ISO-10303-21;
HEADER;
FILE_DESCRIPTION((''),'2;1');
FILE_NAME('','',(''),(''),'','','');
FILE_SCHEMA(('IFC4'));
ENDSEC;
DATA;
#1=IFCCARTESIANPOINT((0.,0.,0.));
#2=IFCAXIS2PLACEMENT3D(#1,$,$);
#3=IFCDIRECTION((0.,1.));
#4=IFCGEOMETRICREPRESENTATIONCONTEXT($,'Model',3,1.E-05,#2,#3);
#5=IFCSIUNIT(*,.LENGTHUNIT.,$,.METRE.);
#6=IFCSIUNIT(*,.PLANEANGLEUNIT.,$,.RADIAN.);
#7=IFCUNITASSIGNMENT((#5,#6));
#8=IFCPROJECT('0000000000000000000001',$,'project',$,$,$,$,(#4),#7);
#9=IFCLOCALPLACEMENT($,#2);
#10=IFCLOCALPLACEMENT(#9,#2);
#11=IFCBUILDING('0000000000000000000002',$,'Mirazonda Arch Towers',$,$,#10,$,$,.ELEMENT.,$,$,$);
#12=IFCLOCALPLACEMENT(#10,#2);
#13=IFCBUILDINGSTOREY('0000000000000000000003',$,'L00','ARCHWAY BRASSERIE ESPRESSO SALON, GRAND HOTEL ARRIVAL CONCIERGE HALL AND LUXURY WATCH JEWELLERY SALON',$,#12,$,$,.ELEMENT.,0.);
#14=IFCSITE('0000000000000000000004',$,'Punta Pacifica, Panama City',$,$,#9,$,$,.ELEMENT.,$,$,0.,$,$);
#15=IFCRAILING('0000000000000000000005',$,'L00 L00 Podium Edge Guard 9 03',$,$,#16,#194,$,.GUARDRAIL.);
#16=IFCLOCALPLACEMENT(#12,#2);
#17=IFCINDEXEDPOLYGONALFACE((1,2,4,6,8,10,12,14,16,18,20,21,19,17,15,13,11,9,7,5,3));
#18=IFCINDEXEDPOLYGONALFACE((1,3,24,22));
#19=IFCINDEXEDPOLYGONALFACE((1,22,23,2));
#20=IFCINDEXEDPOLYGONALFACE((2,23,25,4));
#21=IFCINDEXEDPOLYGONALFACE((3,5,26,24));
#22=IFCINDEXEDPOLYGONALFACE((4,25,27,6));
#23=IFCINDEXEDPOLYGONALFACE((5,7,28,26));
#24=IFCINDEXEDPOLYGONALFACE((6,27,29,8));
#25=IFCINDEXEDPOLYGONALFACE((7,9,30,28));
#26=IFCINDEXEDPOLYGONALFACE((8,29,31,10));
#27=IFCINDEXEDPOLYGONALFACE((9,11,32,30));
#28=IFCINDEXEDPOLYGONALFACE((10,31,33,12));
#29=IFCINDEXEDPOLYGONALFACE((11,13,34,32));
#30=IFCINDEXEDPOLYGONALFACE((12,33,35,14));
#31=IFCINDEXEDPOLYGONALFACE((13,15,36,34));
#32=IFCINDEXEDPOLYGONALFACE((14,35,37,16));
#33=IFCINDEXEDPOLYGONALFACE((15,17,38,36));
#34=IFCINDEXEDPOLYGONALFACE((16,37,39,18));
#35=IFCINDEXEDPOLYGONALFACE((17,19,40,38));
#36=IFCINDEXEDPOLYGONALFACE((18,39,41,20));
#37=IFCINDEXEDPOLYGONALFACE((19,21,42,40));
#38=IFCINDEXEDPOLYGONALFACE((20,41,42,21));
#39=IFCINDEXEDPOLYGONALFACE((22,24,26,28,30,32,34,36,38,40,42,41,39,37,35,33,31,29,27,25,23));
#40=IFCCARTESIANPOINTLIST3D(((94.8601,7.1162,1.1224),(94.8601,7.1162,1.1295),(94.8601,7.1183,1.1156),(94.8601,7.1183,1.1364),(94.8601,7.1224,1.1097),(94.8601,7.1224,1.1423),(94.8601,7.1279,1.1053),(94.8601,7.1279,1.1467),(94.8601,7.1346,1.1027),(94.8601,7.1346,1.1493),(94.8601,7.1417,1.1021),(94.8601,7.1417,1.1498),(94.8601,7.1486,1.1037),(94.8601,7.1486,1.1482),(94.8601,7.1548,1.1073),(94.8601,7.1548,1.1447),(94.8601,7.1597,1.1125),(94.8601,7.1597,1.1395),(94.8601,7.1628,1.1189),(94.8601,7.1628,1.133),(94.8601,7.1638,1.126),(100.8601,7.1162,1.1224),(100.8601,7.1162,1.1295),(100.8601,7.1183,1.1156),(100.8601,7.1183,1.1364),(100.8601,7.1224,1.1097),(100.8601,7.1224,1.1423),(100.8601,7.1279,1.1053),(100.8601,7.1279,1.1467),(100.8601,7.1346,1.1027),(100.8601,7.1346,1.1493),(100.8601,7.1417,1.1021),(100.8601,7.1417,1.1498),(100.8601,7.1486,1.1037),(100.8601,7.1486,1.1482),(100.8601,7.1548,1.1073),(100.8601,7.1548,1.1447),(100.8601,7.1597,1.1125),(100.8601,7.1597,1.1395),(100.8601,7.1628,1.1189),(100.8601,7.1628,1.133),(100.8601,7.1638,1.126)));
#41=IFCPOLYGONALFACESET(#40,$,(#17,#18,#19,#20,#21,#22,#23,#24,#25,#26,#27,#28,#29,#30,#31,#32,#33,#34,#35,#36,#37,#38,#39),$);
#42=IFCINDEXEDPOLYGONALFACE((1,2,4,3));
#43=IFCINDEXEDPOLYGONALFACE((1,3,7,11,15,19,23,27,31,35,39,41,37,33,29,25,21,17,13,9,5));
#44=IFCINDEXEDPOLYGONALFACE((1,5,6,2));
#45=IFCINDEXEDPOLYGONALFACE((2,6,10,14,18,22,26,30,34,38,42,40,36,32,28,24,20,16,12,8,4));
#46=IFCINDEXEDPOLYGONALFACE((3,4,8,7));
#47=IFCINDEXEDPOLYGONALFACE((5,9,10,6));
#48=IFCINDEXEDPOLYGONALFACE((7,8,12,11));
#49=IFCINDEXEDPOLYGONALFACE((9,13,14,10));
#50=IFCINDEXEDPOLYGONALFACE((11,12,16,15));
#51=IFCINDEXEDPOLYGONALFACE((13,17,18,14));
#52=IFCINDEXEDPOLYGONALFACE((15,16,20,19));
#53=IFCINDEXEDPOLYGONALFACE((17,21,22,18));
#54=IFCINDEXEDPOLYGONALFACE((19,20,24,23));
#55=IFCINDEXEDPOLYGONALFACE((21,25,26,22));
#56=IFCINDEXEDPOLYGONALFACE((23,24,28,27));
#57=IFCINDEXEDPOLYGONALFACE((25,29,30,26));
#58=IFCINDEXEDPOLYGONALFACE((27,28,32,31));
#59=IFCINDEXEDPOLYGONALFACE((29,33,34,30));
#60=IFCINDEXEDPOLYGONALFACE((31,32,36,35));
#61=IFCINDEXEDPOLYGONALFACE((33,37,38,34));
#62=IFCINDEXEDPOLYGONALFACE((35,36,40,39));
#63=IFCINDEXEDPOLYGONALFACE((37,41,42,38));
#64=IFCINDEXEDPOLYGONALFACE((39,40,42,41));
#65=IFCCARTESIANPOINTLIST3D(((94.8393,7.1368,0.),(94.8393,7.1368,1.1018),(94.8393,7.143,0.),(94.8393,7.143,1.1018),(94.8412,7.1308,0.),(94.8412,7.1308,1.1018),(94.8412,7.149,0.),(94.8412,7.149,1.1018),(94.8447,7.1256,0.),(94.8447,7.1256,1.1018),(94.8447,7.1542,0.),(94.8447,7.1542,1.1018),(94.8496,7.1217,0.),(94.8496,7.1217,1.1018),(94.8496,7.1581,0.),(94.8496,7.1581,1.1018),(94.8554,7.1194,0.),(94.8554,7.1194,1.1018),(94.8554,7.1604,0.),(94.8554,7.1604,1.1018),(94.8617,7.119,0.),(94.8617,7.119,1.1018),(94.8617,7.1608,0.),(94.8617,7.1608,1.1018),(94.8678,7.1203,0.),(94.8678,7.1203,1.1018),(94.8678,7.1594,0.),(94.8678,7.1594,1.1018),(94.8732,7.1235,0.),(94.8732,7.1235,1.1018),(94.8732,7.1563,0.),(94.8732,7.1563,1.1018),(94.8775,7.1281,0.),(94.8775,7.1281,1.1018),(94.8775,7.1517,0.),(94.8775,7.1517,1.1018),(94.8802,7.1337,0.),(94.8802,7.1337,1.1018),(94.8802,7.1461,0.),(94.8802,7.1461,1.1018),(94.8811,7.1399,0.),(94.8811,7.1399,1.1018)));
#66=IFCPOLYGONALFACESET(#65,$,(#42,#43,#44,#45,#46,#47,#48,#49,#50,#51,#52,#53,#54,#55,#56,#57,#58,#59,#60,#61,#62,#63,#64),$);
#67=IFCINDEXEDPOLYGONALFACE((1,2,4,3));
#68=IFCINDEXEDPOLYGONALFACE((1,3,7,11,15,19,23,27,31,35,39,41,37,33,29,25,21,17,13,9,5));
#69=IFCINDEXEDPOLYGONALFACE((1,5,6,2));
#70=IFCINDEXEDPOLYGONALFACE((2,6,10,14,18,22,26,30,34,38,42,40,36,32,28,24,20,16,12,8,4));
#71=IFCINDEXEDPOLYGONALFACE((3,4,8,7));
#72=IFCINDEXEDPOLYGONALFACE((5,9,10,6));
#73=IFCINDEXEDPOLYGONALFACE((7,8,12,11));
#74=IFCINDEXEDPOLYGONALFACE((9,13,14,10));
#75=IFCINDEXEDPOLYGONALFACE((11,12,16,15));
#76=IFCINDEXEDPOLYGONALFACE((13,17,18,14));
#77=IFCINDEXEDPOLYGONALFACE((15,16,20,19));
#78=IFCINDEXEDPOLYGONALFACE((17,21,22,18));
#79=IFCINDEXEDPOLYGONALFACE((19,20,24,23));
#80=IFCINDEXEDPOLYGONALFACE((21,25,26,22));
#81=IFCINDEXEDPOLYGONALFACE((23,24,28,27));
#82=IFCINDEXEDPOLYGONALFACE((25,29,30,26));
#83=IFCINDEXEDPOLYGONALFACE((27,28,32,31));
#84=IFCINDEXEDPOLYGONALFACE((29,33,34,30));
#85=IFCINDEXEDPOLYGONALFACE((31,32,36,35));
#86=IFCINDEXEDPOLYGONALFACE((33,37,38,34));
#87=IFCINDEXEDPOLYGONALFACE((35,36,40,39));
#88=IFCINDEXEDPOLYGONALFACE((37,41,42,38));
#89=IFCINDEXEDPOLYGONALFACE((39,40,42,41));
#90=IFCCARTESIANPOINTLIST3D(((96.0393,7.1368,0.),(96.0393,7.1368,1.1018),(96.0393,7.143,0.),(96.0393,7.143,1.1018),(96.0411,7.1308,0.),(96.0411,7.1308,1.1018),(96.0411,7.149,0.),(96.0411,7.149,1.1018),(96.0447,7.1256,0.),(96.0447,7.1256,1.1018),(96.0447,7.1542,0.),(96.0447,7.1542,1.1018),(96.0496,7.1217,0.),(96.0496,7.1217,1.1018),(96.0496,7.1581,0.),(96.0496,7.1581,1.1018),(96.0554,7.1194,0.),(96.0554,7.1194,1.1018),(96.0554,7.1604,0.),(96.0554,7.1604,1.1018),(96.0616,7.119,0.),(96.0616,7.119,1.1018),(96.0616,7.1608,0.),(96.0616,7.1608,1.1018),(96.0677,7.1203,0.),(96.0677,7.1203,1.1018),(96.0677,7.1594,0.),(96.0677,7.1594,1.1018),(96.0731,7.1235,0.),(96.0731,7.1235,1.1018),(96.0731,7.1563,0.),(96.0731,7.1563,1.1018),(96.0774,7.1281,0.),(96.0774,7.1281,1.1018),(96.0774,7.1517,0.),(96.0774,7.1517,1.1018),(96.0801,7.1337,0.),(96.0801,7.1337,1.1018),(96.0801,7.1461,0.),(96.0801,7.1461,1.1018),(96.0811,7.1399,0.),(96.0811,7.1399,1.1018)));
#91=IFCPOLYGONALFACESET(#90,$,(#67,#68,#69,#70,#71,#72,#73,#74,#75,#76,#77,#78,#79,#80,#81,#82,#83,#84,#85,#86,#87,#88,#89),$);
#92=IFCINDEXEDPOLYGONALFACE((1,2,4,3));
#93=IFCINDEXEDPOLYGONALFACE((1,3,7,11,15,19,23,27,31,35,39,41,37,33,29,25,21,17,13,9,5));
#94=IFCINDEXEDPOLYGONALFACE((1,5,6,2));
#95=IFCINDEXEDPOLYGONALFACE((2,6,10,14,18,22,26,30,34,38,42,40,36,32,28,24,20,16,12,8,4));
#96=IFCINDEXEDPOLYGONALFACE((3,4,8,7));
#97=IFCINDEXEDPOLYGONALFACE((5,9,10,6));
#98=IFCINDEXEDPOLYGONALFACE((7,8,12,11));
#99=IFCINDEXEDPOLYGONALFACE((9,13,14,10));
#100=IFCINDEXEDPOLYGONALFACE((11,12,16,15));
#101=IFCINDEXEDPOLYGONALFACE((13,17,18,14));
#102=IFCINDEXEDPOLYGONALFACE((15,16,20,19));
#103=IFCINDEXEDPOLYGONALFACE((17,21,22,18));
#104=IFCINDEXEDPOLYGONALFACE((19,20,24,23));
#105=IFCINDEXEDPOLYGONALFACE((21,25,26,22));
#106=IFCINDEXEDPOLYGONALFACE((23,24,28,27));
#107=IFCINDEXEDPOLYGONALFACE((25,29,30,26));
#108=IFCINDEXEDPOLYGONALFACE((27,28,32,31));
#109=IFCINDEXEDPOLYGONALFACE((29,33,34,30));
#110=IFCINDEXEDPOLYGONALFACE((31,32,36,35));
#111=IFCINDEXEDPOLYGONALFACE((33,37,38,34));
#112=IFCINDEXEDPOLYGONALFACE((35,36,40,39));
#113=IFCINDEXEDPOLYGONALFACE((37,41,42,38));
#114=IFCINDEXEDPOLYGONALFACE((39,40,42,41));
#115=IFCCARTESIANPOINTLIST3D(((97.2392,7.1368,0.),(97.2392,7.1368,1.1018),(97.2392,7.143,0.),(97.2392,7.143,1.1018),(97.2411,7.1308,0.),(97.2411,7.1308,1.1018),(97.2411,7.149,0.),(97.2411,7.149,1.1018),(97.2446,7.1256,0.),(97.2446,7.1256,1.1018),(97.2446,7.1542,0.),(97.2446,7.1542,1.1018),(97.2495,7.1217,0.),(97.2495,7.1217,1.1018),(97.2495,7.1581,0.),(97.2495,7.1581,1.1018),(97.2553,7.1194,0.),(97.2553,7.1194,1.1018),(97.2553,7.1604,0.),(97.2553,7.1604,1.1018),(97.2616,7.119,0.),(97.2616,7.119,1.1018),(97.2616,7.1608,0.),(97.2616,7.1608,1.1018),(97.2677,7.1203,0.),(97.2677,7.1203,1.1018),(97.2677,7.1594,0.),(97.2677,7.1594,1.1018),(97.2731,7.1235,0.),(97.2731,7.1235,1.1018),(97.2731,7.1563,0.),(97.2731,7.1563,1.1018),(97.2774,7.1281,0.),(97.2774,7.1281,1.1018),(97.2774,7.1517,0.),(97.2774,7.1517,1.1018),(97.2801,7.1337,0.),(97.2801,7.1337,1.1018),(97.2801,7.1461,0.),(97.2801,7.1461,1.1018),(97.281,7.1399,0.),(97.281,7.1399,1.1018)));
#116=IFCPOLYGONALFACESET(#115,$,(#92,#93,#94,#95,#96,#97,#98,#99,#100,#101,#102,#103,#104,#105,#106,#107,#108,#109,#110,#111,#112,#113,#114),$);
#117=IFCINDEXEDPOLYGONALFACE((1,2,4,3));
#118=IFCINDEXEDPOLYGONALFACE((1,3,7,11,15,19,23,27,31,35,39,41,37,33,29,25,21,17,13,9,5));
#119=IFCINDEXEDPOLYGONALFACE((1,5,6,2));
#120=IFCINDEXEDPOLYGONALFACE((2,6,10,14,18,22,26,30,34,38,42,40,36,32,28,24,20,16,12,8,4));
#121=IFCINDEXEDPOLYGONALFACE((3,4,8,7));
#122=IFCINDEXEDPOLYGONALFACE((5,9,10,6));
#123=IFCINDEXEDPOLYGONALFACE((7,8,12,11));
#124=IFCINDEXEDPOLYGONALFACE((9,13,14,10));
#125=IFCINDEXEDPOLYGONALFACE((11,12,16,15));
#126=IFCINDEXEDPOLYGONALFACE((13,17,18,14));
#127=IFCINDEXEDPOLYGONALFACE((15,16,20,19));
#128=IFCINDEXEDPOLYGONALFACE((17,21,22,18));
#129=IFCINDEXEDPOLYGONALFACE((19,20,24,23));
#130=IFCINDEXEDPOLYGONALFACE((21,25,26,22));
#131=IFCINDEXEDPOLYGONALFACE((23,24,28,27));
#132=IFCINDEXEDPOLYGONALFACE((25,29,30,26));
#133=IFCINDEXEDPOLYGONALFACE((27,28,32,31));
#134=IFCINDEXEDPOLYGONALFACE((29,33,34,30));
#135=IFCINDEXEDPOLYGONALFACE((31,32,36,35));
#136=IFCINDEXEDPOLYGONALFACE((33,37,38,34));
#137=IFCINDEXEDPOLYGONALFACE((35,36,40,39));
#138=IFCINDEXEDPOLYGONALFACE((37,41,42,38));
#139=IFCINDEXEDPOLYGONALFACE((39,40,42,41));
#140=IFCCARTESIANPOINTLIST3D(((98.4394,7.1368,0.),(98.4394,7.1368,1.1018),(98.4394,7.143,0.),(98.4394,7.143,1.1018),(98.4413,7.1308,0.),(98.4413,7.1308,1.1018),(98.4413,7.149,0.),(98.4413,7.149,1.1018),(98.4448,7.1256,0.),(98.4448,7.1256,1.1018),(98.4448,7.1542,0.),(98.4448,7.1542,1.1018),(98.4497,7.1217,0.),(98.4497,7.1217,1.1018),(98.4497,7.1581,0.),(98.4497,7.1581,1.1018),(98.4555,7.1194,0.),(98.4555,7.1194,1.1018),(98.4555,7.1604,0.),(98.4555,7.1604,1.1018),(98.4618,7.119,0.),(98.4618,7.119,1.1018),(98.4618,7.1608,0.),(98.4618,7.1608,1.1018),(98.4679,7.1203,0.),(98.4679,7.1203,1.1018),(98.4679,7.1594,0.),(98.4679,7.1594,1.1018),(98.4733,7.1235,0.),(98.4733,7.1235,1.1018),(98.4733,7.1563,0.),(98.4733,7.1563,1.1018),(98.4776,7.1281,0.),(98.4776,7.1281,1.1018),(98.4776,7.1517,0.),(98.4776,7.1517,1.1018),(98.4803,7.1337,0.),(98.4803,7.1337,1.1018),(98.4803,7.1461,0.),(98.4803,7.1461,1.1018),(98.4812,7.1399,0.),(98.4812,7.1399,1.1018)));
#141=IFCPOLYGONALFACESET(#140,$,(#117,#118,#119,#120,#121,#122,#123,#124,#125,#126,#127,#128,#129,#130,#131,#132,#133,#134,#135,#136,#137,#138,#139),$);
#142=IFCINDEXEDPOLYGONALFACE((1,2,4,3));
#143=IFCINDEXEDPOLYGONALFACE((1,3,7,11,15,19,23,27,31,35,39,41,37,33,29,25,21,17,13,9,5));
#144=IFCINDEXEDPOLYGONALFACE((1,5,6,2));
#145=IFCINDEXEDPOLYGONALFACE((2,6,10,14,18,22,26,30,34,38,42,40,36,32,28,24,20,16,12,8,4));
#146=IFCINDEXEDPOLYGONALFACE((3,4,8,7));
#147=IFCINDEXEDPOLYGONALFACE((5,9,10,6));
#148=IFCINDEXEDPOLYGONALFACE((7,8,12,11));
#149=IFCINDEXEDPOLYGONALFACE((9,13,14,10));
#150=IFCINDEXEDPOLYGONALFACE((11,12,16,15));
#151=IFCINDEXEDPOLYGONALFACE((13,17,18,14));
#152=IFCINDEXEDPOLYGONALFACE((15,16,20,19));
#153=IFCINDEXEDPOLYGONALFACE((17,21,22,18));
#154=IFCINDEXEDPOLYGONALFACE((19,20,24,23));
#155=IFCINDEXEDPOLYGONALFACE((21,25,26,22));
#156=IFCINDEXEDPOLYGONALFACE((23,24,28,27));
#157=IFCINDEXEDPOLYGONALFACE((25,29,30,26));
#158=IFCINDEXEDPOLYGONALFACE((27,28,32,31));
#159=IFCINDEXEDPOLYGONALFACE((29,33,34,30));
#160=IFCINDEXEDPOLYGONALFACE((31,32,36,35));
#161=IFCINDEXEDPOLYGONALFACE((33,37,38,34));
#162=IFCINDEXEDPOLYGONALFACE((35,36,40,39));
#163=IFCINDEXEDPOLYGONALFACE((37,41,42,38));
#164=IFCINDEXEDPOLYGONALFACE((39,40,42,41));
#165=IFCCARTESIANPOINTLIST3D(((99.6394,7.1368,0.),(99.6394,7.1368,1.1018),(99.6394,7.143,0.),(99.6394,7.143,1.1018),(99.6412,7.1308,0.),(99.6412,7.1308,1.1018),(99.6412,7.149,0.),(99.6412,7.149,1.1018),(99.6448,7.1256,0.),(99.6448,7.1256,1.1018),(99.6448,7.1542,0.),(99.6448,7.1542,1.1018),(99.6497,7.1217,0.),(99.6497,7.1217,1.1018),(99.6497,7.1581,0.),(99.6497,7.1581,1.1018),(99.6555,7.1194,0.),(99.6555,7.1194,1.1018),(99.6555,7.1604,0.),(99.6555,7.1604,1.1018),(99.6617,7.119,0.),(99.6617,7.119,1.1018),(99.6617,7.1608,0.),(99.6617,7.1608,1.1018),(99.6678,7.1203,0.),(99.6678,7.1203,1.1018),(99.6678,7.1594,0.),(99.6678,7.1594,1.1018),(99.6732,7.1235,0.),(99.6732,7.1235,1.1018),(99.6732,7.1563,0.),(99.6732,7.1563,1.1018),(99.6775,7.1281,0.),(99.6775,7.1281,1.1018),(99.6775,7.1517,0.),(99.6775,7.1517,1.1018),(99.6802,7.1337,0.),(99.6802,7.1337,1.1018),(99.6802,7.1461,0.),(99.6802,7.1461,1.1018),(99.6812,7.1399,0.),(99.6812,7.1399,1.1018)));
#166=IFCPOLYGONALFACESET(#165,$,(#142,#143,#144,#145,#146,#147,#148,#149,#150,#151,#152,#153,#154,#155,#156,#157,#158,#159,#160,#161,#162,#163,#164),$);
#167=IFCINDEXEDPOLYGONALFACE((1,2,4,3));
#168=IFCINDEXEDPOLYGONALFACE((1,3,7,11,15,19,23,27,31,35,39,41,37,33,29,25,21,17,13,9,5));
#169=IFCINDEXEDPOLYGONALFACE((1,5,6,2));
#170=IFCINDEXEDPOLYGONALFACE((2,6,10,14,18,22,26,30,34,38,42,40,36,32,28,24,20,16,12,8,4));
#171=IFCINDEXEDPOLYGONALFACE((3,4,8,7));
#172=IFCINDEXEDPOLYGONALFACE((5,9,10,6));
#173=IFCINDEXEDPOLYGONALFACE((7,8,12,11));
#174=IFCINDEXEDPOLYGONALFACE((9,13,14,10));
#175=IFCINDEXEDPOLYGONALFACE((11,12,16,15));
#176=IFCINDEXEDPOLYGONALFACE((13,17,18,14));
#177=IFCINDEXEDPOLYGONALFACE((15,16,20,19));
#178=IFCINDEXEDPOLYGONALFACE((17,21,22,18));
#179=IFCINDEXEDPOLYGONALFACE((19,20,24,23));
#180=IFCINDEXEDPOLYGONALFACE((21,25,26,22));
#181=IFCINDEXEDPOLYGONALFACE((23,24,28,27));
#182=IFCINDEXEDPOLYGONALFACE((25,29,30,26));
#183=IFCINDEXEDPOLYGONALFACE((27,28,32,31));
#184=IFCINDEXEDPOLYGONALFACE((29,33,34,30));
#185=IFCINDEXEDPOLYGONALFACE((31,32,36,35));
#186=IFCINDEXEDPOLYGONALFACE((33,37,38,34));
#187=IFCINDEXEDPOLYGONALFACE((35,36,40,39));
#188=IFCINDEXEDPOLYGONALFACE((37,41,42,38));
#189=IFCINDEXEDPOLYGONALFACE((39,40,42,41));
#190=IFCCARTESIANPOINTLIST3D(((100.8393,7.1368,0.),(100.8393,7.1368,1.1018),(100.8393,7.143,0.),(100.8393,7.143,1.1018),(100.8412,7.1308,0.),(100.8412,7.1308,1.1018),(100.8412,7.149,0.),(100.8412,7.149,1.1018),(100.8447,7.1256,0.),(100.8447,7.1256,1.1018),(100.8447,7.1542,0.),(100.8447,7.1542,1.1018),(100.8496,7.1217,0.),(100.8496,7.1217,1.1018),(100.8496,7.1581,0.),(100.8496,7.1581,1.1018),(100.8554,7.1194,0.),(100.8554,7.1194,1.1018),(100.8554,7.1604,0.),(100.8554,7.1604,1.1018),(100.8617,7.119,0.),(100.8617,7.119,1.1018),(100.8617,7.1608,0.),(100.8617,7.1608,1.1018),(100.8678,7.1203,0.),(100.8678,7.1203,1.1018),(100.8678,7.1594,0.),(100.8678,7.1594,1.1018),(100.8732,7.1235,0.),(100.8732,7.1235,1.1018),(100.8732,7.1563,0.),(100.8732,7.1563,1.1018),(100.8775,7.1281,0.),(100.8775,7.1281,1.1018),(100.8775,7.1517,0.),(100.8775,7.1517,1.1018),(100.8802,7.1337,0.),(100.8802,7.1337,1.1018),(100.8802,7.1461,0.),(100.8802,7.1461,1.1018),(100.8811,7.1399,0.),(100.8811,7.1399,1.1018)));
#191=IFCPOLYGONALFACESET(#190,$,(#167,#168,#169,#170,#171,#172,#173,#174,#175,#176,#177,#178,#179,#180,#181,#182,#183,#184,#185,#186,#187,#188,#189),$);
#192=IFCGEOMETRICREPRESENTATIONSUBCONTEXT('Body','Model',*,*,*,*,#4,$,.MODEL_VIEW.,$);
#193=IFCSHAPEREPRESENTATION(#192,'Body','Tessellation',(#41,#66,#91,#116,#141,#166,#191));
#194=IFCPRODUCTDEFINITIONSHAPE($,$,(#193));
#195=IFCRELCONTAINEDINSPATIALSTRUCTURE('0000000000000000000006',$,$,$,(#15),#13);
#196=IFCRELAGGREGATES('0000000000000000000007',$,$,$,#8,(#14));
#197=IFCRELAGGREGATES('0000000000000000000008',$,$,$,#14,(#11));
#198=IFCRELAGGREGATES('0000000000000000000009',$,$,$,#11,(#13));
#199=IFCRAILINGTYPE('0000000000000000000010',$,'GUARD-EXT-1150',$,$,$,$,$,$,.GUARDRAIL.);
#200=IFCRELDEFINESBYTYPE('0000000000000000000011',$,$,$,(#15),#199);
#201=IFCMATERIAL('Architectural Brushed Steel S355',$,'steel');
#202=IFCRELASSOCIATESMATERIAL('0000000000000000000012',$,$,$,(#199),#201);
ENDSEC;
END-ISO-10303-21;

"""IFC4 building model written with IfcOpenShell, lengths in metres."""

from ifc_helpers import new_model, si_unit, direction, frame, origin, origin_2d, place, context, subcontext, project, spatial, circle, extrude, material, type_object, element, save


model = new_model("IFC4")

# Units and contexts
model_context = context("Model", 3, precision=1e-05, world=origin(), true_north=direction((0.0, 1.0)))
body_context = subcontext(model_context, "Body", "Model", "MODEL_VIEW")
ifc_project = project(units=[si_unit("LENGTHUNIT", "METRE"), si_unit("PLANEANGLEUNIT", "RADIAN")], contexts=[model_context])

# Site, building, storey
site_placement = place(None, origin())
site = spatial("IfcSite", under=ifc_project, at=site_placement, Name="Punta Pacifica, Panama City", CompositionType="ELEMENT", RefElevation=0.0)
building_placement = place(site_placement, origin())
building = spatial("IfcBuilding", under=site, at=building_placement, Name="Mirazonda Arch Towers", CompositionType="ELEMENT")
storey_placement = place(building_placement, origin())
storey = spatial("IfcBuildingStorey", under=building, at=storey_placement, Name="L00", Description="ARCHWAY BRASSERIE ESPRESSO SALON, GRAND HOTEL ARRIVAL CONCIERGE HALL AND LUXURY WATCH JEWELLERY SALON", CompositionType="ELEMENT", Elevation=0.0)

# Shared definitions
ifc_material_1 = material(Name="Architectural Brushed Steel S355", Category="steel")

# Railing
railing_type = type_object("IfcRailingType", Name="GUARD-EXT-1150", PredefinedType="GUARDRAIL", material=ifc_material_1)
railing_1_placement = place(storey_placement, frame((94.8601, 7.1399, 0.0)))
element("IfcRailing", 1, at=railing_1_placement, inside=storey, type_object=railing_type, Name="L00 L00 Podium Edge Guard 9 03", PredefinedType="GUARDRAIL", context=body_context, shape_type="SweptSolid", body=[
    extrude(circle(Radius=0.0239, at=origin_2d()), frame((0.0, 0.0, 1.126), z_axis=(1.0, 0.0, 0.0), x_axis=(0.0, 1.0, 0.0)), (0.0, 0.0, 1.0), 6.0),
    extrude(circle(Radius=0.021, at=origin_2d()), origin(), (0.0, 0.0, 1.0), 1.1018),
    extrude(circle(Radius=0.021, at=origin_2d()), frame((1.2, 0.0, 0.0)), (0.0, 0.0, 1.0), 1.1018),
    extrude(circle(Radius=0.021, at=origin_2d()), frame((2.3999, 0.0, 0.0)), (0.0, 0.0, 1.0), 1.1018),
    extrude(circle(Radius=0.021, at=origin_2d()), frame((3.6001, 0.0, 0.0)), (0.0, 0.0, 1.0), 1.1018),
    extrude(circle(Radius=0.021, at=origin_2d()), frame((4.8, 0.0, 0.0)), (0.0, 0.0, 1.0), 1.1018),
    extrude(circle(Radius=0.021, at=origin_2d()), frame((6.0, 0.0, 0.0)), (0.0, 0.0, 1.0), 1.1018),
])

save(model, "model.ifc")
